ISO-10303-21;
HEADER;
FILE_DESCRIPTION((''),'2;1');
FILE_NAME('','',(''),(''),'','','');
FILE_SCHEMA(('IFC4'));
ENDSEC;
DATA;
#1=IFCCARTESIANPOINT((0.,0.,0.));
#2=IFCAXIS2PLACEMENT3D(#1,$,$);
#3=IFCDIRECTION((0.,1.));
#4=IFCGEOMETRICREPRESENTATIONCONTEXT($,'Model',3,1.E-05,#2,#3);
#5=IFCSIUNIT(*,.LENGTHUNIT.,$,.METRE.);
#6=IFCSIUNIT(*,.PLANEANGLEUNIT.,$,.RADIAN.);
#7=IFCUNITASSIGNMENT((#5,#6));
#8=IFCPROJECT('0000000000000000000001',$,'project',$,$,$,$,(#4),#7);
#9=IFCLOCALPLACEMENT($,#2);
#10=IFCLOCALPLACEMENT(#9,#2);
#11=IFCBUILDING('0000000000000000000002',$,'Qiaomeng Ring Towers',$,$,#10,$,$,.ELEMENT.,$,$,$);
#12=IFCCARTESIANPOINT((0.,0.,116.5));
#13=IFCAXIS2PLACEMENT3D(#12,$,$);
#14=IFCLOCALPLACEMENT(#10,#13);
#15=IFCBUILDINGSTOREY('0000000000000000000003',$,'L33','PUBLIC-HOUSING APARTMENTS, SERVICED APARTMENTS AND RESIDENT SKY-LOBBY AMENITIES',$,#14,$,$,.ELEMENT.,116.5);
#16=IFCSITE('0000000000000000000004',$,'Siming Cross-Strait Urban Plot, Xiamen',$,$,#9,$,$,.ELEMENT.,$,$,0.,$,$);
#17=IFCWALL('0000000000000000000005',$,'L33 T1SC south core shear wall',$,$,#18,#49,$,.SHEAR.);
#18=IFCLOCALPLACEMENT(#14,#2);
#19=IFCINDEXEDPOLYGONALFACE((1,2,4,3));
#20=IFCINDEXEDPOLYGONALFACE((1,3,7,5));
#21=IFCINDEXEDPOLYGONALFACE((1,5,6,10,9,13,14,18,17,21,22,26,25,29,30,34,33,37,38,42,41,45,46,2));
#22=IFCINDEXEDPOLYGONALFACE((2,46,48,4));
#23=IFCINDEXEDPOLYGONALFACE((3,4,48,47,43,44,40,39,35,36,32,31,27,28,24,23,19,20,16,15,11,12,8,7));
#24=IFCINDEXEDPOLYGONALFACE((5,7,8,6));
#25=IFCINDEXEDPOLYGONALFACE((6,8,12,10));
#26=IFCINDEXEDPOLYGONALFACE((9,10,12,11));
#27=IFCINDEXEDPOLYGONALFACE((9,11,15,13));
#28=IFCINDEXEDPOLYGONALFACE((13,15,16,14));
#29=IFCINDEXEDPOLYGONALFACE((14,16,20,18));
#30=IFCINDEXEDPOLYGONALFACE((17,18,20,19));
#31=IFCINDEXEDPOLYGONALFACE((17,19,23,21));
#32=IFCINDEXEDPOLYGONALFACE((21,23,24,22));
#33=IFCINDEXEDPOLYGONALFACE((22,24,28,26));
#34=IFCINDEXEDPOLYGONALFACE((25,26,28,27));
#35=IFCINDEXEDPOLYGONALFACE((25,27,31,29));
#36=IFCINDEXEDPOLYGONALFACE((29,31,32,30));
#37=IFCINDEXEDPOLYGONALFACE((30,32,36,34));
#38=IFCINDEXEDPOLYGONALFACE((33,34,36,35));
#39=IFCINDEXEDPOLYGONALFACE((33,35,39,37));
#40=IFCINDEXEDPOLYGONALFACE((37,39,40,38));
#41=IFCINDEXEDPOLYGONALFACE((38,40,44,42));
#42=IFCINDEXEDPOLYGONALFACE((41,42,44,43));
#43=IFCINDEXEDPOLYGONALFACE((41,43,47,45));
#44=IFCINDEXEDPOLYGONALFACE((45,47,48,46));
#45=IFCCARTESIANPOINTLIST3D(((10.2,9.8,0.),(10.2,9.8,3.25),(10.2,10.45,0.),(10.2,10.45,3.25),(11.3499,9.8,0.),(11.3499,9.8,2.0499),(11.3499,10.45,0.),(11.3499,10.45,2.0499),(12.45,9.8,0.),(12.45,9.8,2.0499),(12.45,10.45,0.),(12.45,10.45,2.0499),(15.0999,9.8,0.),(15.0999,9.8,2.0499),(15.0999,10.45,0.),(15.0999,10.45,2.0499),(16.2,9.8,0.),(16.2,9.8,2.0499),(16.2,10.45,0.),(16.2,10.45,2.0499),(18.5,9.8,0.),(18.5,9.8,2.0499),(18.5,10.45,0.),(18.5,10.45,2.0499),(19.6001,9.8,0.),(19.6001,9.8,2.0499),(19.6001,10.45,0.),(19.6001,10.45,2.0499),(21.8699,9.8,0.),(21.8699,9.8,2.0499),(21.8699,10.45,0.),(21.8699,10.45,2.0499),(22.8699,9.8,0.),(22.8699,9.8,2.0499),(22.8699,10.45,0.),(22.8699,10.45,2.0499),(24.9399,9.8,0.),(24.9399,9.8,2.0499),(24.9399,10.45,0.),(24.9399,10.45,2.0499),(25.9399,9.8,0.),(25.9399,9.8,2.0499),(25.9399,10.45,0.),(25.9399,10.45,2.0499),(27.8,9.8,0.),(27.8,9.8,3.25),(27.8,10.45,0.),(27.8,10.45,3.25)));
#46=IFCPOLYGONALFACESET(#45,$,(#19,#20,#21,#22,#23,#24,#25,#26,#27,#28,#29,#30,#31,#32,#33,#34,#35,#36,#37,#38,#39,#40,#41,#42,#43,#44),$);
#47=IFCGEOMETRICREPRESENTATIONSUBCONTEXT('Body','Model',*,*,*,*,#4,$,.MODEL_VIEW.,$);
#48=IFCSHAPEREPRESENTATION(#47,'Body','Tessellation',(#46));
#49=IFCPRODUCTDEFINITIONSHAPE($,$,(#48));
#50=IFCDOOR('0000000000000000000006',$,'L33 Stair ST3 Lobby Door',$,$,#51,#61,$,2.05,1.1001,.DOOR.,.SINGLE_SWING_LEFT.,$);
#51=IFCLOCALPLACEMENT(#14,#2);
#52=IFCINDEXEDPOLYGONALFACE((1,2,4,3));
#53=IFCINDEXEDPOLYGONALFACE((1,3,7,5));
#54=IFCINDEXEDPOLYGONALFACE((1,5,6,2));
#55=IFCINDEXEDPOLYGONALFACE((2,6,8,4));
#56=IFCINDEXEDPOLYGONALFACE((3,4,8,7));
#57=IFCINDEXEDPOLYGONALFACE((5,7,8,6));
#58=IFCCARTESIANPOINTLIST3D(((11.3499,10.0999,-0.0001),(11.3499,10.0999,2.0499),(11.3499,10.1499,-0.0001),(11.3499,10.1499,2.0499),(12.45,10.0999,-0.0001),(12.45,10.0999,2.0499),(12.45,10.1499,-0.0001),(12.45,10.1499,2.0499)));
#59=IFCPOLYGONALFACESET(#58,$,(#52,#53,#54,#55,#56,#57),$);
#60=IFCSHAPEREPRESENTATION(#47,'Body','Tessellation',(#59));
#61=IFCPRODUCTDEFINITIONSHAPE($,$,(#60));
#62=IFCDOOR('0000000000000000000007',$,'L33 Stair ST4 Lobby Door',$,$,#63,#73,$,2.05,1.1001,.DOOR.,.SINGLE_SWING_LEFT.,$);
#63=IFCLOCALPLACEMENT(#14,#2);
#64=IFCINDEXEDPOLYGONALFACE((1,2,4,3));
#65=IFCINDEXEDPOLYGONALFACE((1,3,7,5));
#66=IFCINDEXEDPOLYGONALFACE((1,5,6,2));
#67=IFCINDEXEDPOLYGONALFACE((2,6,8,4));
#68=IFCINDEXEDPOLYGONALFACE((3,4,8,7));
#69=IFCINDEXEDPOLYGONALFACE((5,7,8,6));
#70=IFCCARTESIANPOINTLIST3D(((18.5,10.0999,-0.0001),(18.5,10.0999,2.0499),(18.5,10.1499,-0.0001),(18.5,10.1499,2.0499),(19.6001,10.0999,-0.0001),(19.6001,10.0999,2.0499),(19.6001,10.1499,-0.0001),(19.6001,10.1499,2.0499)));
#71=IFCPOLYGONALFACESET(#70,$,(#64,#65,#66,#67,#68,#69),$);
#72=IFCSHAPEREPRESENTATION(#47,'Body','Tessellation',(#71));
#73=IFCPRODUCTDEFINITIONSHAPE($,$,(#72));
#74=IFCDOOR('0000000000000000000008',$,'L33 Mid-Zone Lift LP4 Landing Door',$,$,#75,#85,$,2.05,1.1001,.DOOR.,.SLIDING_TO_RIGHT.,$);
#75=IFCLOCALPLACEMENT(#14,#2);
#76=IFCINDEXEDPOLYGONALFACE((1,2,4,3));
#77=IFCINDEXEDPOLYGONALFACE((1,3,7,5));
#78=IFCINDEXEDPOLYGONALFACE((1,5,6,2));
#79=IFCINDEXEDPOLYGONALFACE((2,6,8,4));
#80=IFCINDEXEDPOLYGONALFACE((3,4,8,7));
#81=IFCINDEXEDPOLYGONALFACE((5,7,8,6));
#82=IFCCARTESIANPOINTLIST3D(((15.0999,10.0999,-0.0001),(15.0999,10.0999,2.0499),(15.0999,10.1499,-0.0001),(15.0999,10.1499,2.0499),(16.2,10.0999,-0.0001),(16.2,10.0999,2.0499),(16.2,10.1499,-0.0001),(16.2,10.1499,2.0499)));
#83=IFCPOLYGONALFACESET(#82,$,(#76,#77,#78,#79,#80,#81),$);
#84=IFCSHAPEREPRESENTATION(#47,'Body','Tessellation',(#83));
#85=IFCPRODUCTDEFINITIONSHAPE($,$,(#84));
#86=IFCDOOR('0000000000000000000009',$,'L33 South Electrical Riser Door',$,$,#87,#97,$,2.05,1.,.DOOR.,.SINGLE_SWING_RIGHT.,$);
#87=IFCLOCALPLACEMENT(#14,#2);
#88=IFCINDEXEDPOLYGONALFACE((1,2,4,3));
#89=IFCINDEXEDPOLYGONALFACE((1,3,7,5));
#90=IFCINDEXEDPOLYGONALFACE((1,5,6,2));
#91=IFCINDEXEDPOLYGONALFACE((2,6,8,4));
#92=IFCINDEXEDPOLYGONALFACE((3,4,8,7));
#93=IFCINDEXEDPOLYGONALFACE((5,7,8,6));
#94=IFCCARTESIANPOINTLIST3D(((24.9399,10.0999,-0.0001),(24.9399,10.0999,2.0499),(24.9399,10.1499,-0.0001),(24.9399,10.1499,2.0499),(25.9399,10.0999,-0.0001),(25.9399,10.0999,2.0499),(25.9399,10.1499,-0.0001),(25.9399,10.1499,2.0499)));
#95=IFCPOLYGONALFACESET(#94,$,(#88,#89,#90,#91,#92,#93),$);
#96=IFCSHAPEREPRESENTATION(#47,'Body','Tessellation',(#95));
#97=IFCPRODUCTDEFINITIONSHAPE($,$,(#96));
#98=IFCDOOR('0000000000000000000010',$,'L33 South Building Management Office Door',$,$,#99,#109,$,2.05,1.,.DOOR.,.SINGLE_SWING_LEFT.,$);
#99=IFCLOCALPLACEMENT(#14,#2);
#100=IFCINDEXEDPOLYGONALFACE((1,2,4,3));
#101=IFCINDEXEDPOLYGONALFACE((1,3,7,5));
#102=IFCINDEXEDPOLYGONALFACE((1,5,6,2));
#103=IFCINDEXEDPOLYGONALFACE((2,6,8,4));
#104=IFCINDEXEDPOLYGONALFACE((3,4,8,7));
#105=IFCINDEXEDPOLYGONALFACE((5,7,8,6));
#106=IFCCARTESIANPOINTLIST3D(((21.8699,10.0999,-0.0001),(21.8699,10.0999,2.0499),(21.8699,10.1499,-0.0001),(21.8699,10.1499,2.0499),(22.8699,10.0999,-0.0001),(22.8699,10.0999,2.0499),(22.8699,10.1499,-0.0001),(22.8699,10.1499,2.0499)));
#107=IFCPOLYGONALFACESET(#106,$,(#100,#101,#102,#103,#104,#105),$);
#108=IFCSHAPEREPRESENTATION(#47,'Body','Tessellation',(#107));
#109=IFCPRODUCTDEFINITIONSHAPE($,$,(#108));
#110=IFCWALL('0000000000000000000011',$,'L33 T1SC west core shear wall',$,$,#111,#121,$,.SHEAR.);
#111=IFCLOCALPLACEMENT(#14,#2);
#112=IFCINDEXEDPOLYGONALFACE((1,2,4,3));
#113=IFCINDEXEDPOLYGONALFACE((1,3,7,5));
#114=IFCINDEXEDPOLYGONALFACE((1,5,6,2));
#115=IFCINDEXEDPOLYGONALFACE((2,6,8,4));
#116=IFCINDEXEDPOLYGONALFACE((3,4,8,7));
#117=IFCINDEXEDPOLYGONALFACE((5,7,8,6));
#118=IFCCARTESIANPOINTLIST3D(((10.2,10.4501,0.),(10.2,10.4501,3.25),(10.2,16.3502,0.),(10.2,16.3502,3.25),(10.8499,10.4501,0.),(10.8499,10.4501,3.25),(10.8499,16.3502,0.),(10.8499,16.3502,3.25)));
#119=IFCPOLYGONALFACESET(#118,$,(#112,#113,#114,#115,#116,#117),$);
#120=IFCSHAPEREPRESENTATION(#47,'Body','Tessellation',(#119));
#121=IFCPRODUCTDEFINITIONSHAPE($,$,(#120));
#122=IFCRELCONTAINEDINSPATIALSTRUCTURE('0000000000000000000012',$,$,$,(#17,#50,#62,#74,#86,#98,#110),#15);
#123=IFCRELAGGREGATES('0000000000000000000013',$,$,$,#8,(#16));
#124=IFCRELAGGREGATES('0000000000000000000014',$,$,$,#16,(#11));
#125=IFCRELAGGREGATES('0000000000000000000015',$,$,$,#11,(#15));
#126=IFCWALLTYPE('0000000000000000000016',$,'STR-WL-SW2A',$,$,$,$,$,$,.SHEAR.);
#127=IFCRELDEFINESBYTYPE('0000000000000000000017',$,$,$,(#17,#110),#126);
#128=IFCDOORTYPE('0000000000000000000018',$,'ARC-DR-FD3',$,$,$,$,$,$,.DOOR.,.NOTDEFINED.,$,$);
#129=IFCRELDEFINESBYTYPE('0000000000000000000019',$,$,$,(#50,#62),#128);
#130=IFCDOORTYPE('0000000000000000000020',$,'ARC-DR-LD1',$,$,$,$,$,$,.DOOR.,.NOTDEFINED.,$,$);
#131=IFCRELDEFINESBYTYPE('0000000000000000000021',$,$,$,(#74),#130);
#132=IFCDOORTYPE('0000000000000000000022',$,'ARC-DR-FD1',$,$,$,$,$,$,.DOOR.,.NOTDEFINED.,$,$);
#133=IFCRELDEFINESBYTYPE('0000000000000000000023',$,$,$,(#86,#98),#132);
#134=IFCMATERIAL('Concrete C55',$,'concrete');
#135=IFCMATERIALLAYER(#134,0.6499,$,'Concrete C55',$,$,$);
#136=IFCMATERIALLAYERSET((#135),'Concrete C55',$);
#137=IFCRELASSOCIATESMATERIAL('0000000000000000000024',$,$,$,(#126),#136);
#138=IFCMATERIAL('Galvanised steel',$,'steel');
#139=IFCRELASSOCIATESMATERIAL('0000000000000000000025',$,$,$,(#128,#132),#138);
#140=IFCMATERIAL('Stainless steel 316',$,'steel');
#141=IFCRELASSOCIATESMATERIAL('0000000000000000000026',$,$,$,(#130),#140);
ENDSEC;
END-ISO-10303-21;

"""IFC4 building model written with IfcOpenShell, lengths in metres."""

from ifc_helpers import new_model, si_unit, direction, frame, frame_2d, origin, place, context, subcontext, project, spatial, rectangle, extrude, source, transform, mapped, material, layer, layer_set, type_object, element, fill, save


model = new_model("IFC4")

# Units and contexts
model_context = context("Model", 3, precision=1e-05, world=origin(), true_north=direction((0.0, 1.0)))
body_context = subcontext(model_context, "Body", "Model", "MODEL_VIEW")
ifc_project = project(units=[si_unit("LENGTHUNIT", "METRE"), si_unit("PLANEANGLEUNIT", "RADIAN")], contexts=[model_context])

# Site, building, storey
site_placement = place(None, origin())
site = spatial("IfcSite", under=ifc_project, at=site_placement, Name="Siming Cross-Strait Urban Plot, Xiamen", CompositionType="ELEMENT", RefElevation=0.0)
building_placement = place(site_placement, origin())
building = spatial("IfcBuilding", under=site, at=building_placement, Name="Qiaomeng Ring Towers", CompositionType="ELEMENT")
storey_placement = place(building_placement, frame((0.0, 0.0, 116.5)))
storey = spatial("IfcBuildingStorey", under=building, at=storey_placement, Name="L33", Description="PUBLIC-HOUSING APARTMENTS, SERVICED APARTMENTS AND RESIDENT SKY-LOBBY AMENITIES", CompositionType="ELEMENT", Elevation=116.5)

# Shared definitions
shared_shape_1 = source(origin(), body_context, "Body", "SweptSolid", [
    extrude(rectangle(XDim=1.0, YDim=2.05, at=frame_2d((0.5, 1.0249))), frame((0.0, 0.0249, 0.0), z_axis=(0.0, -1.0, 0.0), x_axis=(1.0, 0.0, 0.0)), (0.0, 0.0, 1.0), 0.05),
])

# Wall, openings, doors
ifc_material_1 = material(Name="Concrete C55", Category="concrete")
ifc_layer_1 = layer(ifc_material_1, 0.6499, Name="Concrete C55")
ifc_layer_set_1 = layer_set([ifc_layer_1], Name="Concrete C55")
wall_type_1 = type_object("IfcWallType", Name="STR-WL-SW2A", PredefinedType="SHEAR", material=ifc_layer_set_1)
wall_1_placement = place(storey_placement, frame((10.2, 10.125, 0.0), z_axis=(0.0, 0.0, 1.0), x_axis=(1.0, 0.0, 0.0)))
wall_1 = element("IfcWall", 1, at=wall_1_placement, inside=storey, type_object=wall_type_1, Name="L33 T1SC south core shear wall", PredefinedType="SHEAR", context=body_context, shape_type="SweptSolid", body=[
    extrude(rectangle(XDim=17.6001, YDim=0.6499, at=frame_2d((8.8, 0.0))), origin(), (0.0, 0.0, 1.0), 3.25),
])
opening_1_placement = place(wall_1_placement, frame((1.1499, 0.0, 0.0)))
opening_1 = element("IfcOpeningElement", 2, at=opening_1_placement, cuts=wall_1, PredefinedType="OPENING", context=body_context, shape_type="SweptSolid", body=[
    extrude(rectangle(XDim=1.1001, YDim=2.05, at=frame_2d((0.55, 1.0249))), frame((0.0, 0.335, 0.0), z_axis=(0.0, -1.0, 0.0), x_axis=(1.0, 0.0, 0.0)), (0.0, 0.0, 1.0), 0.6699),
])
opening_2_placement = place(wall_1_placement, frame((8.3, 0.0, 0.0)))
opening_2 = element("IfcOpeningElement", 3, at=opening_2_placement, cuts=wall_1, PredefinedType="OPENING", context=body_context, shape_type="SweptSolid", body=[
    extrude(rectangle(XDim=1.1001, YDim=2.05, at=frame_2d((0.55, 1.0249))), frame((0.0, 0.335, 0.0), z_axis=(0.0, -1.0, 0.0), x_axis=(1.0, 0.0, 0.0)), (0.0, 0.0, 1.0), 0.6699),
])
opening_3_placement = place(wall_1_placement, frame((4.8999, 0.0, 0.0)))
opening_3 = element("IfcOpeningElement", 4, at=opening_3_placement, cuts=wall_1, PredefinedType="OPENING", context=body_context, shape_type="SweptSolid", body=[
    extrude(rectangle(XDim=1.1001, YDim=2.05, at=frame_2d((0.55, 1.0249))), frame((0.0, 0.335, 0.0), z_axis=(0.0, -1.0, 0.0), x_axis=(1.0, 0.0, 0.0)), (0.0, 0.0, 1.0), 0.6699),
])
opening_4_placement = place(wall_1_placement, frame((14.74, 0.0, 0.0)))
opening_4 = element("IfcOpeningElement", 5, at=opening_4_placement, cuts=wall_1, PredefinedType="OPENING", context=body_context, shape_type="SweptSolid", body=[
    extrude(rectangle(XDim=1.0, YDim=2.05, at=frame_2d((0.5, 1.0249))), frame((0.0, 0.335, 0.0), z_axis=(0.0, -1.0, 0.0), x_axis=(1.0, 0.0, 0.0)), (0.0, 0.0, 1.0), 0.6699),
])
opening_5_placement = place(wall_1_placement, frame((11.6699, 0.0, 0.0)))
opening_5 = element("IfcOpeningElement", 6, at=opening_5_placement, cuts=wall_1, PredefinedType="OPENING", context=body_context, shape_type="SweptSolid", body=[
    extrude(rectangle(XDim=1.0, YDim=2.05, at=frame_2d((0.5, 1.0249))), frame((0.0, 0.335, 0.0), z_axis=(0.0, -1.0, 0.0), x_axis=(1.0, 0.0, 0.0)), (0.0, 0.0, 1.0), 0.6699),
])
ifc_material_2 = material(Name="Galvanised steel", Category="steel")
door_type_1 = type_object("IfcDoorType", Name="ARC-DR-FD3", OperationType="NOTDEFINED", PredefinedType="DOOR", material=ifc_material_2)
shared_shape_2 = source(origin(), body_context, "Body", "SweptSolid", [
    extrude(rectangle(XDim=1.1001, YDim=2.05, at=frame_2d((0.55, 1.0249))), frame((0.0, 0.0249, 0.0), z_axis=(0.0, -1.0, 0.0), x_axis=(1.0, 0.0, 0.0)), (0.0, 0.0, 1.0), 0.05),
])
door_1_placement = place(opening_1_placement, origin())
door_1 = element("IfcDoor", 7, at=door_1_placement, inside=storey, type_object=door_type_1, Name="L33 Stair ST3 Lobby Door", OperationType="SINGLE_SWING_LEFT", OverallHeight=2.05, OverallWidth=1.1001, PredefinedType="DOOR", context=body_context, shape_type="MappedRepresentation", body=[
    mapped(shared_shape_2, transform((0.0, 0.0, 0.0), x_axis=(1.0, 0.0, 0.0), y_axis=(0.0, 1.0, 0.0), z_axis=(0.0, 0.0, 1.0), scale=1.0)),
])
fill(opening_1, door_1)
door_2_placement = place(opening_2_placement, origin())
door_2 = element("IfcDoor", 8, at=door_2_placement, inside=storey, type_object=door_type_1, Name="L33 Stair ST4 Lobby Door", OperationType="SINGLE_SWING_LEFT", OverallHeight=2.05, OverallWidth=1.1001, PredefinedType="DOOR", context=body_context, shape_type="MappedRepresentation", body=[
    mapped(shared_shape_2, transform((0.0, 0.0, 0.0), x_axis=(1.0, 0.0, 0.0), y_axis=(0.0, 1.0, 0.0), z_axis=(0.0, 0.0, 1.0), scale=1.0)),
])
fill(opening_2, door_2)
ifc_material_3 = material(Name="Stainless steel 316", Category="steel")
door_type_2 = type_object("IfcDoorType", Name="ARC-DR-LD1", OperationType="NOTDEFINED", PredefinedType="DOOR", material=ifc_material_3)
door_3_placement = place(opening_3_placement, origin())
door_3 = element("IfcDoor", 9, at=door_3_placement, inside=storey, type_object=door_type_2, Name="L33 Mid-Zone Lift LP4 Landing Door", OperationType="SLIDING_TO_RIGHT", OverallHeight=2.05, OverallWidth=1.1001, PredefinedType="DOOR", context=body_context, shape_type="MappedRepresentation", body=[
    mapped(shared_shape_2, transform((0.0, 0.0, 0.0), x_axis=(1.0, 0.0, 0.0), y_axis=(0.0, 1.0, 0.0), z_axis=(0.0, 0.0, 1.0), scale=1.0)),
])
fill(opening_3, door_3)
door_type_3 = type_object("IfcDoorType", Name="ARC-DR-FD1", OperationType="NOTDEFINED", PredefinedType="DOOR", material=ifc_material_2)
door_4_placement = place(opening_4_placement, origin())
door_4 = element("IfcDoor", 10, at=door_4_placement, inside=storey, type_object=door_type_3, Name="L33 South Electrical Riser Door", OperationType="SINGLE_SWING_RIGHT", OverallHeight=2.05, OverallWidth=1.0, PredefinedType="DOOR", context=body_context, shape_type="MappedRepresentation", body=[
    mapped(shared_shape_1, transform((0.0, 0.0, 0.0), x_axis=(1.0, 0.0, 0.0), y_axis=(0.0, 1.0, 0.0), z_axis=(0.0, 0.0, 1.0), scale=1.0)),
])
fill(opening_4, door_4)
door_5_placement = place(opening_5_placement, origin())
door_5 = element("IfcDoor", 11, at=door_5_placement, inside=storey, type_object=door_type_3, Name="L33 South Building Management Office Door", OperationType="SINGLE_SWING_LEFT", OverallHeight=2.05, OverallWidth=1.0, PredefinedType="DOOR", context=body_context, shape_type="MappedRepresentation", body=[
    mapped(shared_shape_1, transform((0.0, 0.0, 0.0), x_axis=(1.0, 0.0, 0.0), y_axis=(0.0, 1.0, 0.0), z_axis=(0.0, 0.0, 1.0), scale=1.0)),
])
fill(opening_5, door_5)

# Wall
wall_2_placement = place(storey_placement, frame((10.5249, 10.45, 0.0), z_axis=(0.0, 0.0, 1.0), x_axis=(0.0, 1.0, 0.0)))
element("IfcWall", 12, at=wall_2_placement, inside=storey, type_object=wall_type_1, Name="L33 T1SC west core shear wall", PredefinedType="SHEAR", context=body_context, shape_type="SweptSolid", body=[
    extrude(rectangle(XDim=5.9001, YDim=0.6499, at=frame_2d((2.9502, 0.0))), origin(), (0.0, 0.0, 1.0), 3.25),
])

save(model, "model.ifc")
